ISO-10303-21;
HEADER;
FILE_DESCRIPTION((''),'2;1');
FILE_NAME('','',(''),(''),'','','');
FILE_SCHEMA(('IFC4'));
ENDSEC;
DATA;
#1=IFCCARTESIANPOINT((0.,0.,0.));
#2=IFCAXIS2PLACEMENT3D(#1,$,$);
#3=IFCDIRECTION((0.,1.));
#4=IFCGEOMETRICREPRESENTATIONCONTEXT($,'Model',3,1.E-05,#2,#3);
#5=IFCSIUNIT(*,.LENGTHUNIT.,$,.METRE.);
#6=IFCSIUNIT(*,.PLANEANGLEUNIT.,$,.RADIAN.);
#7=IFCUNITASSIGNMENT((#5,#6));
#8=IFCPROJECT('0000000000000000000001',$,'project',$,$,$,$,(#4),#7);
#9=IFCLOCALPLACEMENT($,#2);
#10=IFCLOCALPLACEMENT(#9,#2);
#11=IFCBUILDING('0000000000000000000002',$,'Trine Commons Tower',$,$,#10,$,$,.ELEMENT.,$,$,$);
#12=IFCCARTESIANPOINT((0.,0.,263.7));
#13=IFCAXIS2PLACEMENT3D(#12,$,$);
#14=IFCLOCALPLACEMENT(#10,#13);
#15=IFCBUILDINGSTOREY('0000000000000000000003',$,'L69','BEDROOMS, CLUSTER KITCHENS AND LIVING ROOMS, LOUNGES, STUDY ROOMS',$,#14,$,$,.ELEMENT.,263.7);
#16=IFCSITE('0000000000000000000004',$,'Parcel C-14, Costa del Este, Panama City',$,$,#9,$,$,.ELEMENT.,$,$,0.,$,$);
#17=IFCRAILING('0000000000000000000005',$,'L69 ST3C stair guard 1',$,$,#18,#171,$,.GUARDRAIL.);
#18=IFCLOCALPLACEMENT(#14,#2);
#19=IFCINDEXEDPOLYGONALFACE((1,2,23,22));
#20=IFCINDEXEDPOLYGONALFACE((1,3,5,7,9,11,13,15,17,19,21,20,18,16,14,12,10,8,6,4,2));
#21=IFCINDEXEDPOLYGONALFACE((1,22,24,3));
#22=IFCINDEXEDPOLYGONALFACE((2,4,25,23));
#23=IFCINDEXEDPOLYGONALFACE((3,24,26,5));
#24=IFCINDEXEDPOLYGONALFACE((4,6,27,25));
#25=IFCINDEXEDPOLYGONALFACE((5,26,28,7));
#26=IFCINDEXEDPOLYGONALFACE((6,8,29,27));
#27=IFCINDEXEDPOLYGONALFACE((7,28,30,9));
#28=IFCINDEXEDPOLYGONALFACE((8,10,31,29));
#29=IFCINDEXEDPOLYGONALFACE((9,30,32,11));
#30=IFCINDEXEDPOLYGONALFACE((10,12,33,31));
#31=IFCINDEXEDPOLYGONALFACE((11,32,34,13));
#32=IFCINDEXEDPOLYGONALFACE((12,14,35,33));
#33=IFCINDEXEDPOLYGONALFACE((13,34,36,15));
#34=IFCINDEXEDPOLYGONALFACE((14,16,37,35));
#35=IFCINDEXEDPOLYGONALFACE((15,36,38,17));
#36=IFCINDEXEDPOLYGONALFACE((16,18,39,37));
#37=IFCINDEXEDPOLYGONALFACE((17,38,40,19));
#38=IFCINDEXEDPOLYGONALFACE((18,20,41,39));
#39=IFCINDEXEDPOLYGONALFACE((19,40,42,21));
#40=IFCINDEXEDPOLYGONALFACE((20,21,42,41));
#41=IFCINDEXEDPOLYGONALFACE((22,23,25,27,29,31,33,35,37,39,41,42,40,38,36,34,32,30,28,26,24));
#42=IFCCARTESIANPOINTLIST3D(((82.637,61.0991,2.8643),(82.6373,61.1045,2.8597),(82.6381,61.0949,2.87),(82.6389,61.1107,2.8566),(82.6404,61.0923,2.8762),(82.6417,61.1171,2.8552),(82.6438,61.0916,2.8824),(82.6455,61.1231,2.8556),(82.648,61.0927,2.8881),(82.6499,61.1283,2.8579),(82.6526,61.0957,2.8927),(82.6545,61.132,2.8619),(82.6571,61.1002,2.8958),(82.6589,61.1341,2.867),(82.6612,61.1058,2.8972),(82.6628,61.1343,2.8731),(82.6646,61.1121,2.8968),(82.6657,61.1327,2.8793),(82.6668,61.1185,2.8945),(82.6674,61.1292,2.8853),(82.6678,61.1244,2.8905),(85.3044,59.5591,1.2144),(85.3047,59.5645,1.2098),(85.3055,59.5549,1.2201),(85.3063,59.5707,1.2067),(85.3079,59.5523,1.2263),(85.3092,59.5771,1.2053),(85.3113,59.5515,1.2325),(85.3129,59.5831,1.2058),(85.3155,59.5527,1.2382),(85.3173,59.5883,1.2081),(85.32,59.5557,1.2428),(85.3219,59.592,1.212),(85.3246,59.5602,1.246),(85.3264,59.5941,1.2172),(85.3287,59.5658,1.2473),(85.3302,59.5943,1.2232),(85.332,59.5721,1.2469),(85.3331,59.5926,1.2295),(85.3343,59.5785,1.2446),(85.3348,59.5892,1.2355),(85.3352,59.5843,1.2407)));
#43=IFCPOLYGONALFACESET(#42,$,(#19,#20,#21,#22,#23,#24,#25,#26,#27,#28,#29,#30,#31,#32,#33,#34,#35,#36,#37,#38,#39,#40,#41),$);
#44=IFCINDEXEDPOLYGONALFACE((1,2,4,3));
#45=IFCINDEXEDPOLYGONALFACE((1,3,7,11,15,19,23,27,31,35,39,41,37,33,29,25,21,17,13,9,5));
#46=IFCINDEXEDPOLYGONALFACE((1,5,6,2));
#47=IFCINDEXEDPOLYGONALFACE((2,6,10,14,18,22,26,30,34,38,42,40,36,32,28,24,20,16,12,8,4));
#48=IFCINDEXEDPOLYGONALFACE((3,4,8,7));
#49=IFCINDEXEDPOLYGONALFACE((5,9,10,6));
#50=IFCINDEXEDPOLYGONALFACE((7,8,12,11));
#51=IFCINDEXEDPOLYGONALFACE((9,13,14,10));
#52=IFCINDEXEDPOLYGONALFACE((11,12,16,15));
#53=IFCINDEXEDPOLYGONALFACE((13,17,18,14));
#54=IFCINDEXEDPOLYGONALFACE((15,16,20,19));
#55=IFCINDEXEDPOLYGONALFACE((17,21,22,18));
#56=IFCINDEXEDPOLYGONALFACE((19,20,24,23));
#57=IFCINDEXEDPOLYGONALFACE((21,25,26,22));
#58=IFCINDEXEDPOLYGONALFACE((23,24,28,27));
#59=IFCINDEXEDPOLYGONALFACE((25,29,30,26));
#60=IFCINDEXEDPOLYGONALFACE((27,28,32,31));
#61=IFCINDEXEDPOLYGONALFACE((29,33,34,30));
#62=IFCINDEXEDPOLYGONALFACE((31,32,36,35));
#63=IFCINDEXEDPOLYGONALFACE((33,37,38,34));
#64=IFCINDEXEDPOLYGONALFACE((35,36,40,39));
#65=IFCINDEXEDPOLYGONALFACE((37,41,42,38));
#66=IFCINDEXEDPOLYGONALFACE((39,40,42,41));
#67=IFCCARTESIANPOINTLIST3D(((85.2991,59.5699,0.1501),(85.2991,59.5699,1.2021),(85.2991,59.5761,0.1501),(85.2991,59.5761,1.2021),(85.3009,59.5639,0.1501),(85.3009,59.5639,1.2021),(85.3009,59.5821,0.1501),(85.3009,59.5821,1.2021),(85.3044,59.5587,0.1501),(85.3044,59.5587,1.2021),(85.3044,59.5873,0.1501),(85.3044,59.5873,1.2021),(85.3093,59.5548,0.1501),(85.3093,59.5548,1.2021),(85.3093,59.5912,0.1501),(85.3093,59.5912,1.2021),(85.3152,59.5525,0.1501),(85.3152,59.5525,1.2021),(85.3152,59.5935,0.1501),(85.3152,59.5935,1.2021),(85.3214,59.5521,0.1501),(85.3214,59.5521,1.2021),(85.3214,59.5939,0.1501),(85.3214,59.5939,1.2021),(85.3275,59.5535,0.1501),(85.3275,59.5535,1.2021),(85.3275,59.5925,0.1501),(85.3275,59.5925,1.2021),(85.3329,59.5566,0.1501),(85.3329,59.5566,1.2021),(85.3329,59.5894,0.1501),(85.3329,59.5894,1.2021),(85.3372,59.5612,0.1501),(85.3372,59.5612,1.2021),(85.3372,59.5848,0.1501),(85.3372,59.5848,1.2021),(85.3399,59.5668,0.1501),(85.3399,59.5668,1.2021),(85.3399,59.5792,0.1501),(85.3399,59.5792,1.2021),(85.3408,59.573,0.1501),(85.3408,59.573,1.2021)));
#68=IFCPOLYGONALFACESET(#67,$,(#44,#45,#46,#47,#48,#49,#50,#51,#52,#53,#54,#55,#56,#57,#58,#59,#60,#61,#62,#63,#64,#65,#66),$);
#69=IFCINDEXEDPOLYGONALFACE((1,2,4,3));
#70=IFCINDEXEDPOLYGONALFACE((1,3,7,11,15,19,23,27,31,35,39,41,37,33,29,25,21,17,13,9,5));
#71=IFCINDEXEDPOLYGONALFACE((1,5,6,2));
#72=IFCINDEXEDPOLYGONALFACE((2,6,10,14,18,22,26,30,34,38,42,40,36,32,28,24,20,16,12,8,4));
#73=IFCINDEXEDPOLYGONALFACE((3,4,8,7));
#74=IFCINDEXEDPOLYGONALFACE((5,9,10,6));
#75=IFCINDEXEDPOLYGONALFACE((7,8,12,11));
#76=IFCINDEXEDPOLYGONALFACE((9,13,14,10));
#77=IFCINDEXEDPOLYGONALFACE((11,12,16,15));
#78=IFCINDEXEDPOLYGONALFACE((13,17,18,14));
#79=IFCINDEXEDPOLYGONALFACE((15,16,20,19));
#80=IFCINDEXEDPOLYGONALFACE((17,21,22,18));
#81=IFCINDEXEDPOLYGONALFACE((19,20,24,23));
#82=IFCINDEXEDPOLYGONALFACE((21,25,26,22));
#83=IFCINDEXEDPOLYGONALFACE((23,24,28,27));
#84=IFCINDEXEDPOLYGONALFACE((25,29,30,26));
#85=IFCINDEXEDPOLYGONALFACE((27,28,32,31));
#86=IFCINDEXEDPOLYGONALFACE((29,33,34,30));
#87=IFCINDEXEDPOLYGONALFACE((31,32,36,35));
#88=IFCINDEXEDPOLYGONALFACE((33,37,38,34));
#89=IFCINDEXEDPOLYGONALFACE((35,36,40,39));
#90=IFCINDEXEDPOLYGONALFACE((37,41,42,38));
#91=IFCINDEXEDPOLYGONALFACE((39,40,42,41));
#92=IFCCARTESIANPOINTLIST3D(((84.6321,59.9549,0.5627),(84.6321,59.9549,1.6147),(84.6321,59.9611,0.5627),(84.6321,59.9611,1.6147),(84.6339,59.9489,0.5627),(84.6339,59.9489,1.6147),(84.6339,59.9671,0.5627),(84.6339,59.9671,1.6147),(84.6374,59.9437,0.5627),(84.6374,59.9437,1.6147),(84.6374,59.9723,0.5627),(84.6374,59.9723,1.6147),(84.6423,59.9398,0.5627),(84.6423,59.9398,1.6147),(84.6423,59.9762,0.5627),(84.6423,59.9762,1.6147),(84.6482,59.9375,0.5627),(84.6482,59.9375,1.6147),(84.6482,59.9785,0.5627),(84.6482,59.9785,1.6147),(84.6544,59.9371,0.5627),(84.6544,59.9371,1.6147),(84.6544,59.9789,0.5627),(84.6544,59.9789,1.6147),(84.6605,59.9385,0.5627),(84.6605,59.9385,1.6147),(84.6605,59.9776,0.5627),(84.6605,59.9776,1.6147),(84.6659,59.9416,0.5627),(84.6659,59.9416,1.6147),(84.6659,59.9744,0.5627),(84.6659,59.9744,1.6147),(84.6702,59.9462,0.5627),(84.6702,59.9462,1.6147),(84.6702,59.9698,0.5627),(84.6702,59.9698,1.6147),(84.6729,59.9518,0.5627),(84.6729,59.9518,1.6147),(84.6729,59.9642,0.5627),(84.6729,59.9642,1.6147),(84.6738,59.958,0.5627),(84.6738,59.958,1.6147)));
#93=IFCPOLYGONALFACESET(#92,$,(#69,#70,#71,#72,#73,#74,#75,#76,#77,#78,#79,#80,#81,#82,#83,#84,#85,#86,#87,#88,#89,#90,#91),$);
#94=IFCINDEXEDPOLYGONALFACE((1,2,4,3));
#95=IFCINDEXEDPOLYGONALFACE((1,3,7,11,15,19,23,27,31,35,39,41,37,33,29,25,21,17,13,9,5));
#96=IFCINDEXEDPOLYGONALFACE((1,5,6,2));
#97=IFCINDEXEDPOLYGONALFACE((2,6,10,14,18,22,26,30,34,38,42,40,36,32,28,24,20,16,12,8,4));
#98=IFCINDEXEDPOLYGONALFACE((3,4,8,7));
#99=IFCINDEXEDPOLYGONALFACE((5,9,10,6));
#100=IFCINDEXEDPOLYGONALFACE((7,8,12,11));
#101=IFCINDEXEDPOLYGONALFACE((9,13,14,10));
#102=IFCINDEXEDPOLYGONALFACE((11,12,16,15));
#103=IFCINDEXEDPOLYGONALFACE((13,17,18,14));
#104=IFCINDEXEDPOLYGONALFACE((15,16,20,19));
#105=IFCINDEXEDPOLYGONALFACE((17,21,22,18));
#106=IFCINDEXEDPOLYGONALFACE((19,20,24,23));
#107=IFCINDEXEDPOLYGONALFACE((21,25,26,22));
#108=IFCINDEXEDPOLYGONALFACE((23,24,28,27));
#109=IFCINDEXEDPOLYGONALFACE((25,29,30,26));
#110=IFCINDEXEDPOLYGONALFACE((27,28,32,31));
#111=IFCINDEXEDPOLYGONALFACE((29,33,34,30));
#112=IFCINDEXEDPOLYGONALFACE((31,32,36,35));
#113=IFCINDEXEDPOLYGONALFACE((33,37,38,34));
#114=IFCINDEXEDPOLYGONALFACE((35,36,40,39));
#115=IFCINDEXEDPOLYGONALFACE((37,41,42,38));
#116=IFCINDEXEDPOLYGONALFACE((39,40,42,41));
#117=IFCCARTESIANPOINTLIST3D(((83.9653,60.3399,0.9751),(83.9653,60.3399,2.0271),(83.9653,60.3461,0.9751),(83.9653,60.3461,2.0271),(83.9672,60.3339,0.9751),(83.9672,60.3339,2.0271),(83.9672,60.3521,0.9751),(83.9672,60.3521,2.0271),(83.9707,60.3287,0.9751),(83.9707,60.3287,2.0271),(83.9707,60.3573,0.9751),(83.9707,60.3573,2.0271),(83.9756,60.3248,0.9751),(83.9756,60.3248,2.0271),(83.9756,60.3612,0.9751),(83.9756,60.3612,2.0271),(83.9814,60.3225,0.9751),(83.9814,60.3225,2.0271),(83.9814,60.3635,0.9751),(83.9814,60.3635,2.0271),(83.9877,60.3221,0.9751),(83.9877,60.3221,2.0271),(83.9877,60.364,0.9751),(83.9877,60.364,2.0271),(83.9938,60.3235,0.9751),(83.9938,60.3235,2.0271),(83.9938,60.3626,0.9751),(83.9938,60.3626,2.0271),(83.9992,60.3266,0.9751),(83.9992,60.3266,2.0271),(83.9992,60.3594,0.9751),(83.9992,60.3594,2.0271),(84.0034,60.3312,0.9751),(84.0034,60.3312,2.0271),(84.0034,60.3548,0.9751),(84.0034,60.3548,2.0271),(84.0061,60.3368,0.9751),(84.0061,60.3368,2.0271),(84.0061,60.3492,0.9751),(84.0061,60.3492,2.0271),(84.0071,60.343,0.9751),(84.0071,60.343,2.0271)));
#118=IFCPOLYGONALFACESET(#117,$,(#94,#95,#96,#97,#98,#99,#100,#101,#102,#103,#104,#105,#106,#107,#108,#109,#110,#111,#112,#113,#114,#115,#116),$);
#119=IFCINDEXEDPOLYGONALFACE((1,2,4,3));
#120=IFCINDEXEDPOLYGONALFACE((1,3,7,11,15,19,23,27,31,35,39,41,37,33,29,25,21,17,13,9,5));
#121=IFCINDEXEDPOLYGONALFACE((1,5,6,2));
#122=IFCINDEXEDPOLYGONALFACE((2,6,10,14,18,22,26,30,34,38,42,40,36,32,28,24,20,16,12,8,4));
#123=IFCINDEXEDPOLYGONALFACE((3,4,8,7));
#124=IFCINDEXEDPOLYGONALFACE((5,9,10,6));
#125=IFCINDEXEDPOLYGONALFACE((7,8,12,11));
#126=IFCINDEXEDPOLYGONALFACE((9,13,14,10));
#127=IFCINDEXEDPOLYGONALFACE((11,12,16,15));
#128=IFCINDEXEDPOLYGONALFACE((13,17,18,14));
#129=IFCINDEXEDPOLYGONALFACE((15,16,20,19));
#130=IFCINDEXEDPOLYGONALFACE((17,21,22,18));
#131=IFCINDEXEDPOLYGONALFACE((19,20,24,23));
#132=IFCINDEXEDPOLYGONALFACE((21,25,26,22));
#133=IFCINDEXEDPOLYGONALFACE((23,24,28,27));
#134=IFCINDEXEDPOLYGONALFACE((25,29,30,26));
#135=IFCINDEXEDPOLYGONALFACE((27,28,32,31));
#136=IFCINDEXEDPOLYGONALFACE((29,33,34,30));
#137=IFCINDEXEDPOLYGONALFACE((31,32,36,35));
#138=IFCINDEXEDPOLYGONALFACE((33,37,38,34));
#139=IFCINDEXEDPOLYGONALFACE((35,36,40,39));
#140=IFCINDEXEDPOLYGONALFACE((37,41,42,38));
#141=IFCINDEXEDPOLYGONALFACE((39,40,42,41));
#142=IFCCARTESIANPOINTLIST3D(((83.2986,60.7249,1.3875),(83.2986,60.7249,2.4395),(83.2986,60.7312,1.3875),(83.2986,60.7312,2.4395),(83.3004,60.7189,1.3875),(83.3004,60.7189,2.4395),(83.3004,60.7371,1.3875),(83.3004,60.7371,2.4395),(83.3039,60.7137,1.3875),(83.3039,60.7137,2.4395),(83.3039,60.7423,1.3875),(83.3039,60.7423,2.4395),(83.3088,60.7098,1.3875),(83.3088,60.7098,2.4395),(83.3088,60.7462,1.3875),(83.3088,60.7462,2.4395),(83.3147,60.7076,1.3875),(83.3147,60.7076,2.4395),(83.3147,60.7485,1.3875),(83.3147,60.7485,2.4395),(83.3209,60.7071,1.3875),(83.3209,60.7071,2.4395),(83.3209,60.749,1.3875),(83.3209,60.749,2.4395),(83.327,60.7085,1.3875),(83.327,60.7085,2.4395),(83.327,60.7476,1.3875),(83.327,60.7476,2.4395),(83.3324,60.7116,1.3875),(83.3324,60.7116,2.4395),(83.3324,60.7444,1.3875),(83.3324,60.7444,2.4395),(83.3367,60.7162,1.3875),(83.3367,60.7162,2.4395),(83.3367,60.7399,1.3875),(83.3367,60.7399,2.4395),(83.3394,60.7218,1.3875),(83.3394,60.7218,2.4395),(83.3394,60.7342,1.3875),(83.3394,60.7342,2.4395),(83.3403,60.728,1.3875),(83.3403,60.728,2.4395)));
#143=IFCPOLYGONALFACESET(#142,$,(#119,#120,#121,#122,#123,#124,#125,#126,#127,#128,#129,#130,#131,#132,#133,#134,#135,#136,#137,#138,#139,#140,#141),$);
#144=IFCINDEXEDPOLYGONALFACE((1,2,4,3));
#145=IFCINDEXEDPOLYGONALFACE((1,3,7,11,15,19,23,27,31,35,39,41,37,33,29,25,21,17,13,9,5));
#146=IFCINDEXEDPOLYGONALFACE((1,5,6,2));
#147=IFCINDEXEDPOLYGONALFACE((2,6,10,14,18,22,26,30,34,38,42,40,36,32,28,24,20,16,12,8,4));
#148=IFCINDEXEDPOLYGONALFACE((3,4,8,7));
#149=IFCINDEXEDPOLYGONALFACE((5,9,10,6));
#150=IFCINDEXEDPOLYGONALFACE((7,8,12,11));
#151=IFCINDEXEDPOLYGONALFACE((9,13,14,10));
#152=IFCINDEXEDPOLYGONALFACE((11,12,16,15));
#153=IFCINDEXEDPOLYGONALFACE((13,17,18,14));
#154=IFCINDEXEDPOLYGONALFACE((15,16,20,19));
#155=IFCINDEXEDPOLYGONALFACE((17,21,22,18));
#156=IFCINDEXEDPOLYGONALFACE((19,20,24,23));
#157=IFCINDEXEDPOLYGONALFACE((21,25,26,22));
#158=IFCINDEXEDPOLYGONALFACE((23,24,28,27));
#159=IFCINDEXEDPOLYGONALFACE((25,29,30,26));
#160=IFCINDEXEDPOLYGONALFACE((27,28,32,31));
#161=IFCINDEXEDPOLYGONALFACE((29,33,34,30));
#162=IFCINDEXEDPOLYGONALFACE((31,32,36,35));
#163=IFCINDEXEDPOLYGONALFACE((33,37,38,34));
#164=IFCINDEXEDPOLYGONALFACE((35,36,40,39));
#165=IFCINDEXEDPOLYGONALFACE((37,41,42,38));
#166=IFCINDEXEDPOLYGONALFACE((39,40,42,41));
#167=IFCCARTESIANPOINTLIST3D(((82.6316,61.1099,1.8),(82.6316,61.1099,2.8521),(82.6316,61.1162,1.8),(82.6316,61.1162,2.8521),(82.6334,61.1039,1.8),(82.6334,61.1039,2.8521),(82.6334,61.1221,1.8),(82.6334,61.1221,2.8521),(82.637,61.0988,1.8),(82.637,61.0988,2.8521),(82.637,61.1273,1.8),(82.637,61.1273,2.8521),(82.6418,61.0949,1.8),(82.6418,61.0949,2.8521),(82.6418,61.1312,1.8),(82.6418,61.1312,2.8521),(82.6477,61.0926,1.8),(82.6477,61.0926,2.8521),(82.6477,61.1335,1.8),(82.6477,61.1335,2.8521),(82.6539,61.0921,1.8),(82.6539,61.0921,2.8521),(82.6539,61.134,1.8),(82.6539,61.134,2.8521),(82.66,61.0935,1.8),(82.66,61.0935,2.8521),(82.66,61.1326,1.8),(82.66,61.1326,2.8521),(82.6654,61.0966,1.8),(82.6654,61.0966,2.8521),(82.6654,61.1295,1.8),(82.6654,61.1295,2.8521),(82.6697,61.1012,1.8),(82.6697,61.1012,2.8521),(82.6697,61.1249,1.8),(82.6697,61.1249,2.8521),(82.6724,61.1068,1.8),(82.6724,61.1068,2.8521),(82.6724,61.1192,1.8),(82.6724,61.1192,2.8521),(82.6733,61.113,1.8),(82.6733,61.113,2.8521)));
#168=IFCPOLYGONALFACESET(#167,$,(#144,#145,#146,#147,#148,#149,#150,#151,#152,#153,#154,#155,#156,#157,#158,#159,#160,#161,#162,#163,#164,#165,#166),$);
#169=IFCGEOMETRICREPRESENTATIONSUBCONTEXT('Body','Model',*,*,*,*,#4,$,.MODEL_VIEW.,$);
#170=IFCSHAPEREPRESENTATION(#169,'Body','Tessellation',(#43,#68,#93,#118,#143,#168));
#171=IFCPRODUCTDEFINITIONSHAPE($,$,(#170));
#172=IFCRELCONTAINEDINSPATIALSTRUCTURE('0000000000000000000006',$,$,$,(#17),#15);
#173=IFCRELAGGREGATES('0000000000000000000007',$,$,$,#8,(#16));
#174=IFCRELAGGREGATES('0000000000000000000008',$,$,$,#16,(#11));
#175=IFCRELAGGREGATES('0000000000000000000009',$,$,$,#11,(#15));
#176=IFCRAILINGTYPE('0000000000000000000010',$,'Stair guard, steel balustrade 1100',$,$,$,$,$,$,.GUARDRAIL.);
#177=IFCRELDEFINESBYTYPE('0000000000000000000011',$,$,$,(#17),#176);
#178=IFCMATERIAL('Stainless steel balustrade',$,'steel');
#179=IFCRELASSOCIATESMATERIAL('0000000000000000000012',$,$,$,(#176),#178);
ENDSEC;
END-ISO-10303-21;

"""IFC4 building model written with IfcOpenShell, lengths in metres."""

from ifc_helpers import new_model, si_unit, direction, frame, origin, origin_2d, place, context, subcontext, project, spatial, circle, extrude, material, type_object, element, save


model = new_model("IFC4")

# Units and contexts
model_context = context("Model", 3, precision=1e-05, world=origin(), true_north=direction((0.0, 1.0)))
body_context = subcontext(model_context, "Body", "Model", "MODEL_VIEW")
ifc_project = project(units=[si_unit("LENGTHUNIT", "METRE"), si_unit("PLANEANGLEUNIT", "RADIAN")], contexts=[model_context])

# Site, building, storey
site_placement = place(None, origin())
site = spatial("IfcSite", under=ifc_project, at=site_placement, Name="Parcel C-14, Costa del Este, Panama City", CompositionType="ELEMENT", RefElevation=0.0)
building_placement = place(site_placement, origin())
building = spatial("IfcBuilding", under=site, at=building_placement, Name="Trine Commons Tower", CompositionType="ELEMENT")
storey_placement = place(building_placement, frame((0.0, 0.0, 263.7)))
storey = spatial("IfcBuildingStorey", under=building, at=storey_placement, Name="L69", Description="BEDROOMS, CLUSTER KITCHENS AND LIVING ROOMS, LOUNGES, STUDY ROOMS", CompositionType="ELEMENT", Elevation=263.7)

# Railing
ifc_material_1 = material(Name="Stainless steel balustrade", Category="steel")
railing_type_1 = type_object("IfcRailingType", Name="Stair guard, steel balustrade 1100", PredefinedType="GUARDRAIL", material=ifc_material_1)
railing_1_placement = place(storey_placement, frame((85.3198, 59.573, 0.1501)))
element("IfcRailing", 1, at=railing_1_placement, inside=storey, type_object=railing_type_1, Name="L69 ST3C stair guard 1", PredefinedType="GUARDRAIL", context=body_context, shape_type="SweptSolid", body=[
    extrude(circle(Radius=0.0239, at=origin_2d()), frame((0.0, 0.0, 1.0762), z_axis=(-0.763405, 0.440743, 0.472185), x_axis=(-0.499992, -0.86603, 0.0)), (0.0, 0.0, 1.0), 3.4941),
    extrude(circle(Radius=0.021, at=origin_2d()), origin(), (0.0, 0.0, 1.0), 1.052),
    extrude(circle(Radius=0.021, at=origin_2d()), frame((-0.667, 0.385, 0.4126)), (0.0, 0.0, 1.0), 1.052),
    extrude(circle(Radius=0.021, at=origin_2d()), frame((-1.3337, 0.77, 0.825)), (0.0, 0.0, 1.0), 1.052),
    extrude(circle(Radius=0.021, at=origin_2d()), frame((-2.0005, 1.155, 1.2373)), (0.0, 0.0, 1.0), 1.052),
    extrude(circle(Radius=0.021, at=origin_2d()), frame((-2.6675, 1.54, 1.6499)), (0.0, 0.0, 1.0), 1.052),
])

save(model, "model.ifc")
